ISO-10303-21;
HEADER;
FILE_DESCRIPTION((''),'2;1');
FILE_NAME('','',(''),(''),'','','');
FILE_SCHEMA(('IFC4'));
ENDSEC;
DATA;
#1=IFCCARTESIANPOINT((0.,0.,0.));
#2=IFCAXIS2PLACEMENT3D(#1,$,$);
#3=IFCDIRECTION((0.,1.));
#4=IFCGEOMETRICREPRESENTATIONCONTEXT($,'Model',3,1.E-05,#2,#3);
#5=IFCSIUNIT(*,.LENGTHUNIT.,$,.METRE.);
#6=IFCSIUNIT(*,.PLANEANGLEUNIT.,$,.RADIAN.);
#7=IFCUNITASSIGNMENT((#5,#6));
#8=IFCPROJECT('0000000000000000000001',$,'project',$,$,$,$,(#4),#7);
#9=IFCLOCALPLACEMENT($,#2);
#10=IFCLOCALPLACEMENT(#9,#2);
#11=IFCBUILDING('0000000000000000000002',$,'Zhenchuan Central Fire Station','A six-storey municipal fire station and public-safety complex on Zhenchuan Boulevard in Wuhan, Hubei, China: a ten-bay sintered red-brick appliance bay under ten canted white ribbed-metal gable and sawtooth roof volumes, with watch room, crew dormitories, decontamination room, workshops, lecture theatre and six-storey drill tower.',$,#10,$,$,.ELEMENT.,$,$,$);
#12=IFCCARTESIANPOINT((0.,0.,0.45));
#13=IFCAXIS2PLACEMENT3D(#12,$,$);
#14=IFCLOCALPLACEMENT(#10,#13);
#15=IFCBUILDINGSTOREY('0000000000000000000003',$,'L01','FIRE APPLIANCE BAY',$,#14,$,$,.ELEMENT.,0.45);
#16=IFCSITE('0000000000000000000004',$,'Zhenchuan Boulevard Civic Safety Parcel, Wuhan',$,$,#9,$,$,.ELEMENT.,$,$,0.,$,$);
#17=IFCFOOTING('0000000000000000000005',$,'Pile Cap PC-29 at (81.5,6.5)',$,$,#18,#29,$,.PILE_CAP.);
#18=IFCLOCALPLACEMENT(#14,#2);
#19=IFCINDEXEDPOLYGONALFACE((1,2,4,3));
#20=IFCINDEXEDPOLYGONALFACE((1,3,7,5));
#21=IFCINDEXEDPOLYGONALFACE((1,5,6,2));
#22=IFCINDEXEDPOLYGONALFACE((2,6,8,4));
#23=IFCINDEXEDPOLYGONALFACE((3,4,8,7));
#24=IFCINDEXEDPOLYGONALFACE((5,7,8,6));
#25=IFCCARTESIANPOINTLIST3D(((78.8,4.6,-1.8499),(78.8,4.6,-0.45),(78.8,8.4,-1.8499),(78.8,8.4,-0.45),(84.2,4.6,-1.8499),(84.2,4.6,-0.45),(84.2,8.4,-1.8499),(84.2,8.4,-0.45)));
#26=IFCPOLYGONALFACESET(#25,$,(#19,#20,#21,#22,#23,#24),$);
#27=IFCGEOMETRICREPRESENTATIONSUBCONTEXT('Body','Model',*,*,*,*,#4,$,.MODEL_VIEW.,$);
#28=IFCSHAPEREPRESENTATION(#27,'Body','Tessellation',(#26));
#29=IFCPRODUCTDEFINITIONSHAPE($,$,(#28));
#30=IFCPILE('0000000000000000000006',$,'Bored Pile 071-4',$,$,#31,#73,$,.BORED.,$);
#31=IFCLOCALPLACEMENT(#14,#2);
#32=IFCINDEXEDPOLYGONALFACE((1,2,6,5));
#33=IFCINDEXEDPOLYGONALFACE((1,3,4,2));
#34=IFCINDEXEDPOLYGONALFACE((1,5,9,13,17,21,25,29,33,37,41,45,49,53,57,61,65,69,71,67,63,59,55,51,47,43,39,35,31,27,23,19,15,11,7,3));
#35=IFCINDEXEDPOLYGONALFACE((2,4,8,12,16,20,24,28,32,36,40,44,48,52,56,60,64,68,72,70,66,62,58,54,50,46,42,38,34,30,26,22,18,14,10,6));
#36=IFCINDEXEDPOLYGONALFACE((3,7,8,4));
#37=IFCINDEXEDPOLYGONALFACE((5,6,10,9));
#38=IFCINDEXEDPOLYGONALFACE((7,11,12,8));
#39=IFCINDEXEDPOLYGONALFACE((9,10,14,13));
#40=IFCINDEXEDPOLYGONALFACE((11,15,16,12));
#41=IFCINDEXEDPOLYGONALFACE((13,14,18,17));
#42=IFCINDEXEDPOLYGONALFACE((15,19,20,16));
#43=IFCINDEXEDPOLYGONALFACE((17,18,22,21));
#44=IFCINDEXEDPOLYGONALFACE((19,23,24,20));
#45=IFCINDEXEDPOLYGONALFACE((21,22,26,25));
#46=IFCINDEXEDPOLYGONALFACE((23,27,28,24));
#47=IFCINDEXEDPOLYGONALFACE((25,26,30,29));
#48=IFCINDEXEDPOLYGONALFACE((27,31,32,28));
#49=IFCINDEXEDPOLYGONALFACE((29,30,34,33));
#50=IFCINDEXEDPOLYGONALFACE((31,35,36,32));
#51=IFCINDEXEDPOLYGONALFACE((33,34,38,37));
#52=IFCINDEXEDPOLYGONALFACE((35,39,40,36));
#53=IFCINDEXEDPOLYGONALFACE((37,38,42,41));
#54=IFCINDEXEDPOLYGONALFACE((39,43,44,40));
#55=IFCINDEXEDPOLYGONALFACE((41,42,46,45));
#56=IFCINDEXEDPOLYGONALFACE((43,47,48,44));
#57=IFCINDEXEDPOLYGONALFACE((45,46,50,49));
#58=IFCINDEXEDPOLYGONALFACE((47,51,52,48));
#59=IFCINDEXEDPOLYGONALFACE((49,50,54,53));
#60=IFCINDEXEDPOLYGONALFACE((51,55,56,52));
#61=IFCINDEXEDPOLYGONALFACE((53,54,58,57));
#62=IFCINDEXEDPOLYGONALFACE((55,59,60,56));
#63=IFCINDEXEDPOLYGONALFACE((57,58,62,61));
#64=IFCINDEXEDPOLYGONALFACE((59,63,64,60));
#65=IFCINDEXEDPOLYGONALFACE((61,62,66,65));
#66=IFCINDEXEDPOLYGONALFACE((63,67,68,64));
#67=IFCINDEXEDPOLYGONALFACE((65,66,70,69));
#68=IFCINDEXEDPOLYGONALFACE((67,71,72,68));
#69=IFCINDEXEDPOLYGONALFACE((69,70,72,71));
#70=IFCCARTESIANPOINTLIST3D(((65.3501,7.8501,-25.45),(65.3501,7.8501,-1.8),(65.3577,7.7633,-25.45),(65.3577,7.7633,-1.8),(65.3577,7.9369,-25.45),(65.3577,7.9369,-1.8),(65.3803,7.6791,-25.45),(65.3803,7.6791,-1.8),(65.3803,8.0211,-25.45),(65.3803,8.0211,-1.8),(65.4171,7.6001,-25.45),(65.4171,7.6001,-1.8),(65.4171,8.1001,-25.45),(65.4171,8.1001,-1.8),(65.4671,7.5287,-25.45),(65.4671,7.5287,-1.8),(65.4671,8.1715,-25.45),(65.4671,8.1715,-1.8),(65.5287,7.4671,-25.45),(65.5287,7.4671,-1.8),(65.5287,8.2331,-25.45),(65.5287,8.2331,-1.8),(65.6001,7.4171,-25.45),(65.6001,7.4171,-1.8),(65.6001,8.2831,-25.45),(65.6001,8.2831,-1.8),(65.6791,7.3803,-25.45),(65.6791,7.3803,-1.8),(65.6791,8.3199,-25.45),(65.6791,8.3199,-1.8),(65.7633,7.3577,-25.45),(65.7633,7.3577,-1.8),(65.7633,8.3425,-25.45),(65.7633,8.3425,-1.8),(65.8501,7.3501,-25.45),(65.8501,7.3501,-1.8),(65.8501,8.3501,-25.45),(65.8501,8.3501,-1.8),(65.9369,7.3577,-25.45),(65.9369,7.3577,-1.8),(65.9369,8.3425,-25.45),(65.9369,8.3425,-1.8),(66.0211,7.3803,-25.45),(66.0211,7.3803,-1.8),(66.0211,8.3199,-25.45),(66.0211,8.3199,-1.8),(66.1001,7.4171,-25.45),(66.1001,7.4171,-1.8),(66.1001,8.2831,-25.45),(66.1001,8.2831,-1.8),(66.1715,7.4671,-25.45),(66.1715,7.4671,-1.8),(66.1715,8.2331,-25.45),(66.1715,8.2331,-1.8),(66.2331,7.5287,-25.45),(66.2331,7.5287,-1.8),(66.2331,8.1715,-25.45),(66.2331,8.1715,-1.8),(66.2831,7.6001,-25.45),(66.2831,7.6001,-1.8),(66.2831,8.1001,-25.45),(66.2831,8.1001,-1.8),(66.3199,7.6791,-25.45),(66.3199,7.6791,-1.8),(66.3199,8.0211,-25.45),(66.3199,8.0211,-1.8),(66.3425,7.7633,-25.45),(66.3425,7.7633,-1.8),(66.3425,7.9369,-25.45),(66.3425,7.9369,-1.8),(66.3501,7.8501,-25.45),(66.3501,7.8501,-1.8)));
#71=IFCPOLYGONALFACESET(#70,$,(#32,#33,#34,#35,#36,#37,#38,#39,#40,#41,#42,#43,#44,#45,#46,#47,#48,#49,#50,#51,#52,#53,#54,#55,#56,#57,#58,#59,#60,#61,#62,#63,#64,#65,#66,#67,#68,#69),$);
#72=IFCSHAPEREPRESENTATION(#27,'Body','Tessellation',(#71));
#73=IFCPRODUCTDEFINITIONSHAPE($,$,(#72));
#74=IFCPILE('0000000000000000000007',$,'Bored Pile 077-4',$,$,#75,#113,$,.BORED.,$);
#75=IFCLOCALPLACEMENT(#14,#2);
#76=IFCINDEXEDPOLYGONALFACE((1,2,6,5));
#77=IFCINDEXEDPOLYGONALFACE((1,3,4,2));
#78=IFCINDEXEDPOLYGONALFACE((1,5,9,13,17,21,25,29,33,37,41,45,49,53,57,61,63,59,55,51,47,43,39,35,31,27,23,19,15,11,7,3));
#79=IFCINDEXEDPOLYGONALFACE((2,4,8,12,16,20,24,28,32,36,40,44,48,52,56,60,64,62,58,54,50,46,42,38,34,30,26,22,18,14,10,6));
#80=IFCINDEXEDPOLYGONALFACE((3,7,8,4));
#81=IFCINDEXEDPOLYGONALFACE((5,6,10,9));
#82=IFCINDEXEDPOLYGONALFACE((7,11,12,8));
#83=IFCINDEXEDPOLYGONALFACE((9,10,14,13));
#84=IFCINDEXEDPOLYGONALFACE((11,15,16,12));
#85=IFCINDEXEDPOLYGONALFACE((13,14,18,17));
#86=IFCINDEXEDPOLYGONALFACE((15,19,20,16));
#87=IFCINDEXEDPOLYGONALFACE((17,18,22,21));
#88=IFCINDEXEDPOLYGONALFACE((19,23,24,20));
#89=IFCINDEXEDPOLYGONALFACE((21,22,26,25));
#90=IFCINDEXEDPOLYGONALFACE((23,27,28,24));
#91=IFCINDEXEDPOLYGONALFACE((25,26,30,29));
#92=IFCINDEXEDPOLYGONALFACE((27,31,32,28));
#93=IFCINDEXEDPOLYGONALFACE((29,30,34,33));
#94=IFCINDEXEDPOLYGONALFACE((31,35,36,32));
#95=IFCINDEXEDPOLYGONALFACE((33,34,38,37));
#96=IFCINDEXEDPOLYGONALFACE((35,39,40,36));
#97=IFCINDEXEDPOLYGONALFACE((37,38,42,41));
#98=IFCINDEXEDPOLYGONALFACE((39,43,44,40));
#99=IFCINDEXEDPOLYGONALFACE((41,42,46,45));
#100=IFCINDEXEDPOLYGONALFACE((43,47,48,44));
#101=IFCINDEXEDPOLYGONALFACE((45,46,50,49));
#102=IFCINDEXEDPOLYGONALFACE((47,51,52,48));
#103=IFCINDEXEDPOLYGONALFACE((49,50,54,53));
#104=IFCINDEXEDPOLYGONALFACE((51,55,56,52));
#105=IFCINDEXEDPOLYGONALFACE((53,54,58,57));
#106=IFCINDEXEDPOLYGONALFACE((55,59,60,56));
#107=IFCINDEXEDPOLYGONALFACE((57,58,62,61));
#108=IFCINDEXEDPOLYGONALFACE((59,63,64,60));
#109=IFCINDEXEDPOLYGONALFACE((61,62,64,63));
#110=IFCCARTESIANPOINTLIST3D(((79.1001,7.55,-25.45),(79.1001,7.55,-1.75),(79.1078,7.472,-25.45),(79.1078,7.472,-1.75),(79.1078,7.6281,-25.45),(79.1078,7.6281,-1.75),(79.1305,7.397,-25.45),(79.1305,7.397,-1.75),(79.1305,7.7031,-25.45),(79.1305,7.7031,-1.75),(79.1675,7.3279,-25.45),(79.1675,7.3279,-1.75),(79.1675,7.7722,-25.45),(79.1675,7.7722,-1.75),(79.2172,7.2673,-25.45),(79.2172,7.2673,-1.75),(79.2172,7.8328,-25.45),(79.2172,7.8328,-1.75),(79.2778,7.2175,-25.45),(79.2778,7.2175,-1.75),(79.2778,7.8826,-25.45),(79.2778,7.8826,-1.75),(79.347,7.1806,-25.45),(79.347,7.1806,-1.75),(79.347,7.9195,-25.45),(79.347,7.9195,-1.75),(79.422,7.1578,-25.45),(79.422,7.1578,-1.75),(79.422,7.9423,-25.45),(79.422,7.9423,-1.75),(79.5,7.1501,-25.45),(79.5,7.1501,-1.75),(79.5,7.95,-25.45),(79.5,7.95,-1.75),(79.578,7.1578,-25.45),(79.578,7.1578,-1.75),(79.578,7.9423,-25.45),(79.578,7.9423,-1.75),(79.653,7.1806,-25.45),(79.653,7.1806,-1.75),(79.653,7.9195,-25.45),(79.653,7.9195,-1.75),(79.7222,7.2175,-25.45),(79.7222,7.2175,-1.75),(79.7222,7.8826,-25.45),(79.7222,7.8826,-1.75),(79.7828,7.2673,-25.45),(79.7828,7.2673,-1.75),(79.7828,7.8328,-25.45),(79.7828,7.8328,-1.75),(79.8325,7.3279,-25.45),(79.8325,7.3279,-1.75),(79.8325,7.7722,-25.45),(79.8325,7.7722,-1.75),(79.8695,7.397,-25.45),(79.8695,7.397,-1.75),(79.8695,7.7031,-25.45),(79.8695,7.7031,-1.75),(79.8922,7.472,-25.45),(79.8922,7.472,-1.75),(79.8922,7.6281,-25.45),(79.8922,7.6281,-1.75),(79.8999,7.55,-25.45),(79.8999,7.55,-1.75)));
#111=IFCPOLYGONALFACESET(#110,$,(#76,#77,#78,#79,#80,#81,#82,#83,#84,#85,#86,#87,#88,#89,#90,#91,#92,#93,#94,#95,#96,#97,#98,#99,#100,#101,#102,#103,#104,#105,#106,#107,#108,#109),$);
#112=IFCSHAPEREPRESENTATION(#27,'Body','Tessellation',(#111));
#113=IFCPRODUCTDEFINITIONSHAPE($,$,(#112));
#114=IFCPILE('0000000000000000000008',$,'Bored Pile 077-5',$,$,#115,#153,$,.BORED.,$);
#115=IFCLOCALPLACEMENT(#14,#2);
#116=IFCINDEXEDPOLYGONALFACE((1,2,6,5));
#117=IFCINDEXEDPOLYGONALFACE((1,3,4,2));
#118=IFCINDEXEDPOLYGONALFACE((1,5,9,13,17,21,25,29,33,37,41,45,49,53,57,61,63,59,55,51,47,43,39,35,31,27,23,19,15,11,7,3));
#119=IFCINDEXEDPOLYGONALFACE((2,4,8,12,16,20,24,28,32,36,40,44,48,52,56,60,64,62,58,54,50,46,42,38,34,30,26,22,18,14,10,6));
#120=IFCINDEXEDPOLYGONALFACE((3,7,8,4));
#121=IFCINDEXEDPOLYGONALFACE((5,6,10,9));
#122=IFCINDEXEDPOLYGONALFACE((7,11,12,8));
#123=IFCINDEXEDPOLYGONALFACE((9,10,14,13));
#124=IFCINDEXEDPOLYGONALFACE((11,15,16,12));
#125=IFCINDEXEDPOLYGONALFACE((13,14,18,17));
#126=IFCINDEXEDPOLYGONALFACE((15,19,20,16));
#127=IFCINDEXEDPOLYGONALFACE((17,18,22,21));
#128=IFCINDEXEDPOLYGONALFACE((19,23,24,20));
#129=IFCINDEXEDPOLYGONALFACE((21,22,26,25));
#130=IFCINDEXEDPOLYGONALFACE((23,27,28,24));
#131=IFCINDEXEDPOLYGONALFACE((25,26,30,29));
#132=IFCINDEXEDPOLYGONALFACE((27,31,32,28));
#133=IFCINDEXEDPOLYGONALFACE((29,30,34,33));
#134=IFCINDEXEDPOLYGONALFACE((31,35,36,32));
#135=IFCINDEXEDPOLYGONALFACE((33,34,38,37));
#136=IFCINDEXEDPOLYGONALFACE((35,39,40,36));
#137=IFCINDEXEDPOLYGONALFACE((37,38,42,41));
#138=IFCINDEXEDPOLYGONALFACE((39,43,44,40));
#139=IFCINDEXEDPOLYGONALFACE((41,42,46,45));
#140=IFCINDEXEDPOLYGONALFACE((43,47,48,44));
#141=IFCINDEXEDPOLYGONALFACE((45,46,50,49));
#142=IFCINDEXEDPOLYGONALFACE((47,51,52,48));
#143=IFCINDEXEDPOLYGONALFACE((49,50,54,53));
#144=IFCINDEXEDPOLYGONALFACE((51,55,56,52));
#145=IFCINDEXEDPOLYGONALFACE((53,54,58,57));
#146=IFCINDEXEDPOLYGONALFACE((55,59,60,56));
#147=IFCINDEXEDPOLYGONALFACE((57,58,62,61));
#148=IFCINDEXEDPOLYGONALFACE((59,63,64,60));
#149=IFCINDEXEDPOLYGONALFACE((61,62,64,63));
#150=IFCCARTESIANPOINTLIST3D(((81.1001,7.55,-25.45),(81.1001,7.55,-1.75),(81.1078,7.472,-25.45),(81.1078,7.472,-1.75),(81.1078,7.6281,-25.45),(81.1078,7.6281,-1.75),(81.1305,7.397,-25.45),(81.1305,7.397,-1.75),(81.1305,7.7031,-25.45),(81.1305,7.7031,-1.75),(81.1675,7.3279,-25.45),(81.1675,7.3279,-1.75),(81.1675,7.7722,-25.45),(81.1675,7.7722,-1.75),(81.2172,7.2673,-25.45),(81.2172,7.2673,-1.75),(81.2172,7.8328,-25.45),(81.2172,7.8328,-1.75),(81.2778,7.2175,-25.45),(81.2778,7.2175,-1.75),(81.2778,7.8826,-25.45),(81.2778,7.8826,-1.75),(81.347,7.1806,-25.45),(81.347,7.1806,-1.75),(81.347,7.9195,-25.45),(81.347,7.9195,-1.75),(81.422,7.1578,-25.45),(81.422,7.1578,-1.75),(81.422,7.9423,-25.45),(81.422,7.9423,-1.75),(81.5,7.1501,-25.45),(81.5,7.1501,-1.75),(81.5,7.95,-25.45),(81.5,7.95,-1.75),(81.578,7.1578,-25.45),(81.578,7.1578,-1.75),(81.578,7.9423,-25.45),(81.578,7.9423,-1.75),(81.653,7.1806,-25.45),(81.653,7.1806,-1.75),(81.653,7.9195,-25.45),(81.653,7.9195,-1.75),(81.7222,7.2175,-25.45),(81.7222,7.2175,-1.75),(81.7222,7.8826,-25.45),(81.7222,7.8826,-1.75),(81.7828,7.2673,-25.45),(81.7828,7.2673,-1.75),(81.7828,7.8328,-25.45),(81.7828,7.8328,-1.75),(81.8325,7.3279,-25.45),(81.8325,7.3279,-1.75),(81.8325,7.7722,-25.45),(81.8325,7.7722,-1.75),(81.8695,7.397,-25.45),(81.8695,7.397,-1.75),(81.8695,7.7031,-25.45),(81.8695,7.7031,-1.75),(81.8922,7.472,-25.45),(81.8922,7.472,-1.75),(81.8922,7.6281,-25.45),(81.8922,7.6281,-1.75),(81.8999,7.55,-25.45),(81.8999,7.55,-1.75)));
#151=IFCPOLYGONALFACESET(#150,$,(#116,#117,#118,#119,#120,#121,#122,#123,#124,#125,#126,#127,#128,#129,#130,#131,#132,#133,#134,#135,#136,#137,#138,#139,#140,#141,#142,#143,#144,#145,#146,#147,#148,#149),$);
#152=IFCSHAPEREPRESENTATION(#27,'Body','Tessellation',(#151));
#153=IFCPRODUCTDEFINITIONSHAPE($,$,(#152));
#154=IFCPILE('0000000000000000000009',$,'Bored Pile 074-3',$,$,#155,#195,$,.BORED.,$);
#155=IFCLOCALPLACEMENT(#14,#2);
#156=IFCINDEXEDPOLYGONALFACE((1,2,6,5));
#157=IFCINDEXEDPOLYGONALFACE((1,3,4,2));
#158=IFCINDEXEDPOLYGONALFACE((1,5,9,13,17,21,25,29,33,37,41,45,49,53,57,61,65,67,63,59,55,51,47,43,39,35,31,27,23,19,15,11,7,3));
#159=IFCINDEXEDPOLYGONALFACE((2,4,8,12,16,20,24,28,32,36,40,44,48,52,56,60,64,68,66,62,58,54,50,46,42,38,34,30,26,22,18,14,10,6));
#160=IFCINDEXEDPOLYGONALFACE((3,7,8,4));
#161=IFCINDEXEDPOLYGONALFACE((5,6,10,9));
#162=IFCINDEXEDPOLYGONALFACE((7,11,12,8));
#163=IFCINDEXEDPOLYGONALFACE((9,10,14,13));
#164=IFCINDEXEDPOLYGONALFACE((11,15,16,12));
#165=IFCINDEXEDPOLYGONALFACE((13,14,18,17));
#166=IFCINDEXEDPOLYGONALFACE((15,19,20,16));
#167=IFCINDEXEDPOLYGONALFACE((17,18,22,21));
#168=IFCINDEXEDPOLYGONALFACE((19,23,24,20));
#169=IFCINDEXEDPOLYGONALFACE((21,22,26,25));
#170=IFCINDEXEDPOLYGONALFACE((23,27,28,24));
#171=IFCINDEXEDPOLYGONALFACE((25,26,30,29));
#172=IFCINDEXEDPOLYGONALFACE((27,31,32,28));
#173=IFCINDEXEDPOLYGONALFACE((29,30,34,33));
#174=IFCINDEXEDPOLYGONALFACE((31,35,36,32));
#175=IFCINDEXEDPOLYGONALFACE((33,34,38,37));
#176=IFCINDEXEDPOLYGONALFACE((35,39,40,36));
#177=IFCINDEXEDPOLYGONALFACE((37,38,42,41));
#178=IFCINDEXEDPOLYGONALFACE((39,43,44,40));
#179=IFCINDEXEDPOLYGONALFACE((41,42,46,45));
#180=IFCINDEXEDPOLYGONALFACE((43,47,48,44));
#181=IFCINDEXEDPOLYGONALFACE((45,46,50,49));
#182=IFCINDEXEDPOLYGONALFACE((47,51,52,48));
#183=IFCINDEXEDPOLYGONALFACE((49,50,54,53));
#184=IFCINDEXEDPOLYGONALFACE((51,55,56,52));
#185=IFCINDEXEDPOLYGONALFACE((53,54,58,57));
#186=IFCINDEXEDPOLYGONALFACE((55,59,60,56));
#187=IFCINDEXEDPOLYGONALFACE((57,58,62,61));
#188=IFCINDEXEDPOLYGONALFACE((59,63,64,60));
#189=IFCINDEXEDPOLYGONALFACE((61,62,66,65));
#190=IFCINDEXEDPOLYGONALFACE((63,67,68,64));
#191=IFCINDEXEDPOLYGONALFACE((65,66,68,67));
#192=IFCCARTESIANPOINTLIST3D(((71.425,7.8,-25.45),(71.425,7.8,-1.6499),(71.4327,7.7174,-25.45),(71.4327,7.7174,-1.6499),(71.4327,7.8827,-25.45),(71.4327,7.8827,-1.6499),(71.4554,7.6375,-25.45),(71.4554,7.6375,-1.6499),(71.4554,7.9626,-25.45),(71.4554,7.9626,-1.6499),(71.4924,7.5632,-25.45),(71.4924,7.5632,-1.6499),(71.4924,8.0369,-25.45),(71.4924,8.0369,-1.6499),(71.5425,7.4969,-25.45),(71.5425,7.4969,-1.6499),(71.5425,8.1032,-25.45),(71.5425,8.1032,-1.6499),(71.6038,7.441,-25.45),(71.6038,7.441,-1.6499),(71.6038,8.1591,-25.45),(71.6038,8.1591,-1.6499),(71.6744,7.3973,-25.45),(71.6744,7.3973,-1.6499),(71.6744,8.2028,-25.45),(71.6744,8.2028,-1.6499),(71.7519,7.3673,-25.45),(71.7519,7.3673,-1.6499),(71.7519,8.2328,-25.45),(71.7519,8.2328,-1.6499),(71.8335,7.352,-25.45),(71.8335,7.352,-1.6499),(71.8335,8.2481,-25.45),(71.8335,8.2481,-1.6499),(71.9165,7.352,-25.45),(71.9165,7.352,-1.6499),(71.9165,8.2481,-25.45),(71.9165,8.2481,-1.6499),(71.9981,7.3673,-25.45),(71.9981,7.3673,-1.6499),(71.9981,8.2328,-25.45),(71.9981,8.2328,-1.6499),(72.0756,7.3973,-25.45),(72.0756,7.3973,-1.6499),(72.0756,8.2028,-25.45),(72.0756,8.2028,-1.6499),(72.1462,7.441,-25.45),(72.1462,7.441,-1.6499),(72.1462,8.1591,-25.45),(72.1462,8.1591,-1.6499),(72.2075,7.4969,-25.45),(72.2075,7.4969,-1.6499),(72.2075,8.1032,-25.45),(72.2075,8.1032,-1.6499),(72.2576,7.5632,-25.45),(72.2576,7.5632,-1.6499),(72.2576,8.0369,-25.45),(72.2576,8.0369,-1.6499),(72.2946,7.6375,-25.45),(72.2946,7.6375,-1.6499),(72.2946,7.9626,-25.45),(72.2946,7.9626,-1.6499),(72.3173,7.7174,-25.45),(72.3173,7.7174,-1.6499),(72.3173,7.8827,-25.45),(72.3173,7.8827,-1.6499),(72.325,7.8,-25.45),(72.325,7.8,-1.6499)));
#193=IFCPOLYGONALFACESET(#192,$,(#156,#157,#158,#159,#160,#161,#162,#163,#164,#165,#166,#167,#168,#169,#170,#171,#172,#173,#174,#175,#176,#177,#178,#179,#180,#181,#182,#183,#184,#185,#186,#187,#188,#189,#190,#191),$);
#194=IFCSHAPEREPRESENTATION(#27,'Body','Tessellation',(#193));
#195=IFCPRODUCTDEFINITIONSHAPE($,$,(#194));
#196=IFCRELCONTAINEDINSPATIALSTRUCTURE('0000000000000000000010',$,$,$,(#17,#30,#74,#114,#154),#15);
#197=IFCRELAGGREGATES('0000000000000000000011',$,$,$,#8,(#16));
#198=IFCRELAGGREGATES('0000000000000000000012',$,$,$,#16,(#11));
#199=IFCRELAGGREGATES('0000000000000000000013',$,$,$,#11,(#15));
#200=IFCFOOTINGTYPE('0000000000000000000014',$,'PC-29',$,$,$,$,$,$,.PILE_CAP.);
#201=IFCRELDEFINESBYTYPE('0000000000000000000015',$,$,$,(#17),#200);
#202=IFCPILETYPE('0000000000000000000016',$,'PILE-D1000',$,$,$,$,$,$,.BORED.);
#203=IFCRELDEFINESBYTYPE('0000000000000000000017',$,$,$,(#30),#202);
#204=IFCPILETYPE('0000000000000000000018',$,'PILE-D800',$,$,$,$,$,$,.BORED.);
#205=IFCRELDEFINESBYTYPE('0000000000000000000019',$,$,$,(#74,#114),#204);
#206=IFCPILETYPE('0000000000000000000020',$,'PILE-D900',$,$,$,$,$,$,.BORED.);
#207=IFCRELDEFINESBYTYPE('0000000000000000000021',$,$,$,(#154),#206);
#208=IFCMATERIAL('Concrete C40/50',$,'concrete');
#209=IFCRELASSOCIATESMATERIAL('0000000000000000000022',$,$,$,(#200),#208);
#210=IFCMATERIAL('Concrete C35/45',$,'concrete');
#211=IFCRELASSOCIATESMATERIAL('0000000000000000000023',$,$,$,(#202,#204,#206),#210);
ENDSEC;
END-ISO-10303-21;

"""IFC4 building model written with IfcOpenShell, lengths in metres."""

from ifc_helpers import new_model, si_unit, direction, frame, origin, origin_2d, place, context, subcontext, project, spatial, rectangle, circle, extrude, material, material_profile, profile_set, type_object, element, save


model = new_model("IFC4")

# Units and contexts
model_context = context("Model", 3, precision=1e-05, world=origin(), true_north=direction((0.0, 1.0)))
body_context = subcontext(model_context, "Body", "Model", "MODEL_VIEW")
ifc_project = project(units=[si_unit("LENGTHUNIT", "METRE"), si_unit("PLANEANGLEUNIT", "RADIAN")], contexts=[model_context])

# Site, building, storey
site_placement = place(None, origin())
site = spatial("IfcSite", under=ifc_project, at=site_placement, Name="Zhenchuan Boulevard Civic Safety Parcel, Wuhan", CompositionType="ELEMENT", RefElevation=0.0)
building_placement = place(site_placement, origin())
building = spatial("IfcBuilding", under=site, at=building_placement, Name="Zhenchuan Central Fire Station", Description="A six-storey municipal fire station and public-safety complex on Zhenchuan Boulevard in Wuhan, Hubei, China: a ten-bay sintered red-brick appliance bay under ten canted white ribbed-metal gable and sawtooth roof volumes, with watch room, crew dormitories, decontamination room, workshops, lecture theatre and six-storey drill tower.", CompositionType="ELEMENT")
storey_placement = place(building_placement, frame((0.0, 0.0, 0.45)))
storey = spatial("IfcBuildingStorey", under=building, at=storey_placement, Name="L01", Description="FIRE APPLIANCE BAY", CompositionType="ELEMENT", Elevation=0.45)

# Footing
ifc_material_1 = material(Name="Concrete C40/50", Category="concrete")
footing_type = type_object("IfcFootingType", Name="PC-29", PredefinedType="PILE_CAP", material=ifc_material_1)
footing_placement = place(storey_placement, frame((81.5, 6.5, -1.8499), z_axis=(0.0, 0.0, 1.0), x_axis=(1.0, 0.0, 0.0)))
element("IfcFooting", 1, at=footing_placement, inside=storey, type_object=footing_type, Name="Pile Cap PC-29 at (81.5,6.5)", PredefinedType="PILE_CAP", context=body_context, shape_type="SweptSolid", body=[
    extrude(rectangle(XDim=5.3999, YDim=3.8, at=origin_2d()), origin(), (0.0, 0.0, 1.0), 1.3999),
])

# Piles
ifc_material_2 = material(Name="Concrete C35/45", Category="concrete")
ifc_material_profile_1 = material_profile(ifc_material_2, circle(Radius=0.5, at=origin_2d()), Name="PILE D1000")
ifc_profile_set_1 = profile_set([ifc_material_profile_1], Name="Concrete C35/45")
pile_type_1 = type_object("IfcPileType", Name="PILE-D1000", PredefinedType="BORED", material=ifc_profile_set_1)
pile_placement = place(storey_placement, frame((65.8501, 7.8501, -1.8), z_axis=(0.0, 0.0, -1.0), x_axis=(1.0, 0.0, 0.0)))
element("IfcPile", 2, at=pile_placement, inside=storey, type_object=pile_type_1, Name="Bored Pile 071-4", PredefinedType="BORED", context=body_context, shape_type="SweptSolid", body=[
    extrude(circle(Radius=0.5, at=origin_2d()), origin(), (0.0, 0.0, 1.0), 23.6499),
])
ifc_material_profile_2 = material_profile(ifc_material_2, circle(Radius=0.3999, at=origin_2d()), Name="PILE D800")
ifc_profile_set_2 = profile_set([ifc_material_profile_2], Name="Concrete C35/45")
pile_type_2 = type_object("IfcPileType", Name="PILE-D800", PredefinedType="BORED", material=ifc_profile_set_2)
for number, where, z_axis, x_axis, name in (
    (3, (79.5, 7.55, -1.75), (0.0, 0.0, -1.0), (1.0, 0.0, 0.0), "Bored Pile 077-4"),
    (4, (81.5, 7.55, -1.75), (0.0, 0.0, -1.0), (1.0, 0.0, 0.0), "Bored Pile 077-5"),
):
    element("IfcPile", number, at=place(storey_placement, frame(where, z_axis=z_axis, x_axis=x_axis)), inside=storey, type_object=pile_type_2, Name=name, PredefinedType="BORED", context=body_context, shape_type="SweptSolid", body=[
        extrude(circle(Radius=0.3999, at=origin_2d()), origin(), (0.0, 0.0, 1.0), 23.7),
    ])
ifc_material_profile_3 = material_profile(ifc_material_2, circle(Radius=0.45, at=origin_2d()), Name="PILE D900")
ifc_profile_set_3 = profile_set([ifc_material_profile_3], Name="Concrete C35/45")
pile_type_3 = type_object("IfcPileType", Name="PILE-D900", PredefinedType="BORED", material=ifc_profile_set_3)
for number, where, z_axis, x_axis, name in (
    (5, (71.875, 7.8, -1.6499), (0.0, 0.0, -1.0), (1.0, 0.0, 0.0), "Bored Pile 074-3"),
):
    element("IfcPile", number, at=place(storey_placement, frame(where, z_axis=z_axis, x_axis=x_axis)), inside=storey, type_object=pile_type_3, Name=name, PredefinedType="BORED", context=body_context, shape_type="SweptSolid", body=[
        extrude(circle(Radius=0.45, at=origin_2d()), origin(), (0.0, 0.0, 1.0), 23.8),
    ])

save(model, "model.ifc")
